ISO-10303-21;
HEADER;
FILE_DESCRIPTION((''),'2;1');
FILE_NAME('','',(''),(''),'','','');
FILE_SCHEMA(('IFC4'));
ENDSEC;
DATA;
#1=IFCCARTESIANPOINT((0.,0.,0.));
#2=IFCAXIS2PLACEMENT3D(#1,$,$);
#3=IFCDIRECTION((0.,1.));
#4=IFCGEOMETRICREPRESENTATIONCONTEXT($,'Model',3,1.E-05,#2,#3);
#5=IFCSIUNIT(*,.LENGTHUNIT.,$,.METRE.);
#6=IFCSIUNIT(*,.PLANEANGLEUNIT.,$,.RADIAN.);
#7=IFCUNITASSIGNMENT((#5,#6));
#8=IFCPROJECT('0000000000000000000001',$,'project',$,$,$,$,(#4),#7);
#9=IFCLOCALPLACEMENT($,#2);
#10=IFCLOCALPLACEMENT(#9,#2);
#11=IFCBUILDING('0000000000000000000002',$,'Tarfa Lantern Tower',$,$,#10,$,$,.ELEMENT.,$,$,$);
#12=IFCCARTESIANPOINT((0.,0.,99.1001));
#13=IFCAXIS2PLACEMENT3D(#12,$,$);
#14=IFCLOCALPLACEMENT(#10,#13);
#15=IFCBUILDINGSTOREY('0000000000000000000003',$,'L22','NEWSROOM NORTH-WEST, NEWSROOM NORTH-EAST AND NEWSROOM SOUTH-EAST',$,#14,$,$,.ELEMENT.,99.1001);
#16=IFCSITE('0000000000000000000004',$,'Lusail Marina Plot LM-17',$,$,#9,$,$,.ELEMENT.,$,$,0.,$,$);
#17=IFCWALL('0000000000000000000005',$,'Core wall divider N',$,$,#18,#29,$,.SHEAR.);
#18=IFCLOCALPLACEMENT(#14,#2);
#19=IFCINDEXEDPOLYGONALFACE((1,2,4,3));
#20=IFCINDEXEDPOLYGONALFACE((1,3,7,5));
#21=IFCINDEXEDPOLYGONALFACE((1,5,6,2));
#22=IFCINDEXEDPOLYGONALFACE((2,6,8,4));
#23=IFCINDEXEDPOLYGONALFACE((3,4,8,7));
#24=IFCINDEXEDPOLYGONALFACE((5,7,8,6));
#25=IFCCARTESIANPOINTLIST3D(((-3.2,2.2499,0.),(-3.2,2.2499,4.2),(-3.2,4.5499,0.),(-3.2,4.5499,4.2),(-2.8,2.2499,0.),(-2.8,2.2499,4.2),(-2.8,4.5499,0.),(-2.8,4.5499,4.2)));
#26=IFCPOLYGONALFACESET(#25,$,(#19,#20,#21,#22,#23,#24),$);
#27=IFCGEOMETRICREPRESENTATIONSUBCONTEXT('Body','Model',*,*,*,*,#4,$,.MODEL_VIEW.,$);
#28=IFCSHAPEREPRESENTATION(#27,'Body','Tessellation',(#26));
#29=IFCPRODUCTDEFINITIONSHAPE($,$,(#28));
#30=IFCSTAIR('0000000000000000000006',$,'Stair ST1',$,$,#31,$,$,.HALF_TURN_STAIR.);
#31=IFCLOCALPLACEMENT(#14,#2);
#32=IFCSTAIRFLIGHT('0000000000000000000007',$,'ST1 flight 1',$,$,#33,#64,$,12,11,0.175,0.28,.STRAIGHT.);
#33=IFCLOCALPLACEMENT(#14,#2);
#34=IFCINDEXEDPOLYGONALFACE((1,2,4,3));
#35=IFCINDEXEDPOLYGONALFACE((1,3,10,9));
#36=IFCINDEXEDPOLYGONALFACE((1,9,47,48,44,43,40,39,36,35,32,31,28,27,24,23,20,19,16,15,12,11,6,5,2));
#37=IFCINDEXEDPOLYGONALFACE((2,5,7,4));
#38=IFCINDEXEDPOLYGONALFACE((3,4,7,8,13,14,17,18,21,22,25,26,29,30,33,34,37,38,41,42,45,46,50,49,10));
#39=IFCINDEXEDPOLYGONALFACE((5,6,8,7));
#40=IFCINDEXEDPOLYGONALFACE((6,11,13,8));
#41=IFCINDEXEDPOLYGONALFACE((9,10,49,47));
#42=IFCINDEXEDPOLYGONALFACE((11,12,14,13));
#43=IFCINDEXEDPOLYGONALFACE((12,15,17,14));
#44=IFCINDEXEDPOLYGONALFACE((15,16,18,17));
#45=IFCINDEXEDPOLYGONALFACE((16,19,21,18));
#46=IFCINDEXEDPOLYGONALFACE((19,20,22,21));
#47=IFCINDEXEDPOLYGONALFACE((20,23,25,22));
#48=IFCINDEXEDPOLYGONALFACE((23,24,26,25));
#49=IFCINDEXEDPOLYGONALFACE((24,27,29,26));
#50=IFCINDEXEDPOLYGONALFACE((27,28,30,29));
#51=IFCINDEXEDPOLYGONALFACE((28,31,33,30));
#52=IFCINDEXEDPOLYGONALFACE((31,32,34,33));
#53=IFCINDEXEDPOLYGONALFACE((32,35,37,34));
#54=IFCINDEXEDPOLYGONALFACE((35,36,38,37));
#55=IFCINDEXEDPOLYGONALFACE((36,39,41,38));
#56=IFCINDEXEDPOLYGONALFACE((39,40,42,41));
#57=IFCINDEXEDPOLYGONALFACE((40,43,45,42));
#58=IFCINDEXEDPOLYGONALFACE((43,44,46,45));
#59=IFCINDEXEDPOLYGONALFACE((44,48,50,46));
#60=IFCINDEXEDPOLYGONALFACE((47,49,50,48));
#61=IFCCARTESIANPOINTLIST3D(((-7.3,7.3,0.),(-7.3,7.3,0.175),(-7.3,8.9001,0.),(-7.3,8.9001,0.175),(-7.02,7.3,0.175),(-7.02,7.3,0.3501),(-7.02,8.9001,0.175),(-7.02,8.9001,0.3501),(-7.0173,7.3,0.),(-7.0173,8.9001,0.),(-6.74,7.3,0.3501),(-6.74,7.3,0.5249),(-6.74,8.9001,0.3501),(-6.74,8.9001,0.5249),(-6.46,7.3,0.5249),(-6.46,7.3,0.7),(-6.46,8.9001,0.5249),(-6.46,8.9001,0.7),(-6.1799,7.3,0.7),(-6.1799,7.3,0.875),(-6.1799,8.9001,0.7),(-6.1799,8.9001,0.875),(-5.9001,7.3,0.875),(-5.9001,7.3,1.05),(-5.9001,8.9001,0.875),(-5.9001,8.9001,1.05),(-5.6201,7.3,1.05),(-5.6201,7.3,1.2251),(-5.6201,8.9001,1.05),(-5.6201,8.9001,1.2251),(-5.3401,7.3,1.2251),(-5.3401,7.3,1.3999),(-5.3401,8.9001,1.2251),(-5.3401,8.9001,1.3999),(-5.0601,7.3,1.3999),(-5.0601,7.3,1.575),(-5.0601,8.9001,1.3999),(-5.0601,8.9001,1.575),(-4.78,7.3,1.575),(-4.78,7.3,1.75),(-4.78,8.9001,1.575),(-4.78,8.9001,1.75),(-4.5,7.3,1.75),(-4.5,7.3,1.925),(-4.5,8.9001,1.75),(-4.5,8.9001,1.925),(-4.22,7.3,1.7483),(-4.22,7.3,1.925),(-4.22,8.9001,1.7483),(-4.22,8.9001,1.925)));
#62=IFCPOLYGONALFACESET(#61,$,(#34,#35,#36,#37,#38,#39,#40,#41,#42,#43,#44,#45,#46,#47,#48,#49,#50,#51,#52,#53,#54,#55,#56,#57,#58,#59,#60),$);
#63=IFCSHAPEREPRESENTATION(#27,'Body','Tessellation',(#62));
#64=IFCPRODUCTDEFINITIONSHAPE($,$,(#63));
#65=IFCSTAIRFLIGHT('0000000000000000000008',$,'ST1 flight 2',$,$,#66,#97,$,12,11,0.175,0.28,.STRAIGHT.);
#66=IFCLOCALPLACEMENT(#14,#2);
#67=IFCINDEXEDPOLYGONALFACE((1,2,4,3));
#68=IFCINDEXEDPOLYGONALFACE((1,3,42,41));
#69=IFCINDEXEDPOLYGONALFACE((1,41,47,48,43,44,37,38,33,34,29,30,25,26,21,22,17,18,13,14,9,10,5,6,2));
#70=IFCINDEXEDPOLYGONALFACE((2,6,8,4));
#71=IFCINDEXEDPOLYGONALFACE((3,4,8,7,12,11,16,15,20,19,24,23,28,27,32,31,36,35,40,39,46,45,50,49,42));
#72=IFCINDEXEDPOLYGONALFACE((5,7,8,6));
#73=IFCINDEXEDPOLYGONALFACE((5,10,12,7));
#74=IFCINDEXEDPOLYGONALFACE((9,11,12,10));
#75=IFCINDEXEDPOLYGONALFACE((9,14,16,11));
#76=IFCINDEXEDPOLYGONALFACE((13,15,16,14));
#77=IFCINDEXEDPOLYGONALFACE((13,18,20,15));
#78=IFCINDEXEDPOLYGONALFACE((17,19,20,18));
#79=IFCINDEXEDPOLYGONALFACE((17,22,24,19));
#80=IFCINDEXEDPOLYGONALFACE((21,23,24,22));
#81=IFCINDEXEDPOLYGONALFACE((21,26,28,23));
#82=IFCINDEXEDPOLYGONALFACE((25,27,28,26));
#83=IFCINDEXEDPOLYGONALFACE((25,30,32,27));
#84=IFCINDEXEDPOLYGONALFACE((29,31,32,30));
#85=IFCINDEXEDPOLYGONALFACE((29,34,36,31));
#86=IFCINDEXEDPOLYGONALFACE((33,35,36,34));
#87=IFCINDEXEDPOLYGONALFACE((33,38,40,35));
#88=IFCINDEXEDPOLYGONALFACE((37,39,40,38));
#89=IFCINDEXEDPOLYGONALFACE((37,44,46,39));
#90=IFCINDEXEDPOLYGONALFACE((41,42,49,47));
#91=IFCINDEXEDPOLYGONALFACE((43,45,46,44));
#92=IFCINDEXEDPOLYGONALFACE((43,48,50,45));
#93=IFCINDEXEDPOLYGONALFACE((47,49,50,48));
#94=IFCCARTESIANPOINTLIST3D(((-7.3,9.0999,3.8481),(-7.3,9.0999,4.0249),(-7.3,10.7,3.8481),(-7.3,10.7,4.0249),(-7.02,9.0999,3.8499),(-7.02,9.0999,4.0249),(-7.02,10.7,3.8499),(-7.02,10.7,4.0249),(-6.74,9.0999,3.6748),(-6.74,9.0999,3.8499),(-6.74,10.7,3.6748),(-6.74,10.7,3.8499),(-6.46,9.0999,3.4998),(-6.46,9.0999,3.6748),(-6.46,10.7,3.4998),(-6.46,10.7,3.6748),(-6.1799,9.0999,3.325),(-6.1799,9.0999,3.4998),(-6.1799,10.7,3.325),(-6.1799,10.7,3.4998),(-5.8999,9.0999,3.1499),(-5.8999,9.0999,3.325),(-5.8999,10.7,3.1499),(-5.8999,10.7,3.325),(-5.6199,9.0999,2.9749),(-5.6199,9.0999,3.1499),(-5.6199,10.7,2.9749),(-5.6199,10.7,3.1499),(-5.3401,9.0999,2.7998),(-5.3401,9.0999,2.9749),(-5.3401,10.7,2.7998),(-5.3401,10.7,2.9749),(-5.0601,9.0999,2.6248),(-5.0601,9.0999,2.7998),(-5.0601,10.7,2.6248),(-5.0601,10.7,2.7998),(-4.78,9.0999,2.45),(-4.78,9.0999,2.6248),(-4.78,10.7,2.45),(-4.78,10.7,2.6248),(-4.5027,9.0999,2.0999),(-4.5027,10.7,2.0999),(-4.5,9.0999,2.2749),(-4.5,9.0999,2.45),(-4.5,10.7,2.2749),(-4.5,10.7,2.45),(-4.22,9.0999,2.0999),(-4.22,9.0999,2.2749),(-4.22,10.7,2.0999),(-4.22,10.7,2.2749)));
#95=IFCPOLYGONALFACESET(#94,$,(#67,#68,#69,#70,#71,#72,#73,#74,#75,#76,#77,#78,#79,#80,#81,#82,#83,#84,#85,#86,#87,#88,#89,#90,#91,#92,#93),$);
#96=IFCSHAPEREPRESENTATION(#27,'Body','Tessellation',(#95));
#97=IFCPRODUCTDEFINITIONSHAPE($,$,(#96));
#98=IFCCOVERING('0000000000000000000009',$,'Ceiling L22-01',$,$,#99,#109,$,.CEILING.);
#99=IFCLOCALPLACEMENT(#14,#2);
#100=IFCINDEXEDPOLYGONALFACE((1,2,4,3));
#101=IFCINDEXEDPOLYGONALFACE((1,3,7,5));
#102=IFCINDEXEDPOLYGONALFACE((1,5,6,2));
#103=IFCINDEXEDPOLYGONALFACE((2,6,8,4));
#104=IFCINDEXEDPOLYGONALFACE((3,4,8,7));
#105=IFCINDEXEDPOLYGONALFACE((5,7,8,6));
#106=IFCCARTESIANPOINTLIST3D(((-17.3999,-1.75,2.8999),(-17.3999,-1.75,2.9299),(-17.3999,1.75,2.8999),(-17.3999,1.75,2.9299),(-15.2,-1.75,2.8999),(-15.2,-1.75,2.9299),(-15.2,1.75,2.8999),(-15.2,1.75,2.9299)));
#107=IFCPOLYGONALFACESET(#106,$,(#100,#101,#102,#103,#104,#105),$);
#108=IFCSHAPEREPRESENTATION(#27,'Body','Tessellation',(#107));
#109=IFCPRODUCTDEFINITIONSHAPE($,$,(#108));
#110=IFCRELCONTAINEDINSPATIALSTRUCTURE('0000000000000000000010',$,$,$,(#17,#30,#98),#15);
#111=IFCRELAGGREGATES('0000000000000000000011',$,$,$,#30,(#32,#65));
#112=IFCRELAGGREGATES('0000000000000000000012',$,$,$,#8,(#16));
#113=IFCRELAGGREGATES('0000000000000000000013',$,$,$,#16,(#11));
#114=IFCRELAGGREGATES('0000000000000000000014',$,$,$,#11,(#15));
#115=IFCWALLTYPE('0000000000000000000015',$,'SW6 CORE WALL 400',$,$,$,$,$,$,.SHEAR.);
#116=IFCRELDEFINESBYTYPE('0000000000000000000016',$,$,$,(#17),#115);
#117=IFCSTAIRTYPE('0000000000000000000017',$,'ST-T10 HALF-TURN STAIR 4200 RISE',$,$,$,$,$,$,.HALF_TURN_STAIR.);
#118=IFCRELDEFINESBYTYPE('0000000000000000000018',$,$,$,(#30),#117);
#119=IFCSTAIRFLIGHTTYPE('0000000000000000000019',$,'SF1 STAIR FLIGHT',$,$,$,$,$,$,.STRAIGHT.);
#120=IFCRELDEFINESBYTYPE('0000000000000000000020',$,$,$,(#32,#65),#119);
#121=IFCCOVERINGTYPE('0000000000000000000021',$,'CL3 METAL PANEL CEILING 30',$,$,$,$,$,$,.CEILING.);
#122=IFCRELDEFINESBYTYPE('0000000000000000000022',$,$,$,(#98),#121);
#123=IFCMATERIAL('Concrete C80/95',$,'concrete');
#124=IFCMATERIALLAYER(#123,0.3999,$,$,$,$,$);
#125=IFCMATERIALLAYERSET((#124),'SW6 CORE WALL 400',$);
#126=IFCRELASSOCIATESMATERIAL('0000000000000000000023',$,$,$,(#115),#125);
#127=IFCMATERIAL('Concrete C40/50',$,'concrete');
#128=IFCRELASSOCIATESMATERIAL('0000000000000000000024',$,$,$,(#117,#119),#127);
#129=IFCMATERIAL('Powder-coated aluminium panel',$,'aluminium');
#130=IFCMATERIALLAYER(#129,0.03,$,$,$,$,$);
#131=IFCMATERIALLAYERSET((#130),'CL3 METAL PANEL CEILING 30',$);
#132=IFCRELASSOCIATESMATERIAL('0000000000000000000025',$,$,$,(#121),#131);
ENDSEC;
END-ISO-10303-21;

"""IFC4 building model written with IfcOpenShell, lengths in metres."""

from ifc_helpers import new_model, si_unit, direction, frame, frame_2d, origin, place, context, subcontext, project, spatial, polyline, rectangle, outline, extrude, material, layer, layer_set, type_object, element, aggregate, save


model = new_model("IFC4")

# Units and contexts
model_context = context("Model", 3, precision=1e-05, world=origin(), true_north=direction((0.0, 1.0)))
body_context = subcontext(model_context, "Body", "Model", "MODEL_VIEW")
ifc_project = project(units=[si_unit("LENGTHUNIT", "METRE"), si_unit("PLANEANGLEUNIT", "RADIAN")], contexts=[model_context])

# Site, building, storey
site_placement = place(None, origin())
site = spatial("IfcSite", under=ifc_project, at=site_placement, Name="Lusail Marina Plot LM-17", CompositionType="ELEMENT", RefElevation=0.0)
building_placement = place(site_placement, origin())
building = spatial("IfcBuilding", under=site, at=building_placement, Name="Tarfa Lantern Tower", CompositionType="ELEMENT")
storey_placement = place(building_placement, frame((0.0, 0.0, 99.1001)))
storey = spatial("IfcBuildingStorey", under=building, at=storey_placement, Name="L22", Description="NEWSROOM NORTH-WEST, NEWSROOM NORTH-EAST AND NEWSROOM SOUTH-EAST", CompositionType="ELEMENT", Elevation=99.1001)

# Shared definitions
ifc_material_1 = material(Name="Concrete C80/95", Category="concrete")

# Wall
ifc_layer_1 = layer(ifc_material_1, 0.3999)
ifc_layer_set_1 = layer_set([ifc_layer_1], Name="SW6 CORE WALL 400")
wall_type_1 = type_object("IfcWallType", Name="SW6 CORE WALL 400", PredefinedType="SHEAR", material=ifc_layer_set_1)
for number, where, z_axis, x_axis, name in (
    (1, (-3.0, 2.25, 0.0), (0.0, 0.0, 1.0), (0.0, 1.0, 0.0), "Core wall divider N"),
):
    element("IfcWall", number, at=place(storey_placement, frame(where, z_axis=z_axis, x_axis=x_axis)), inside=storey, type_object=wall_type_1, Name=name, PredefinedType="SHEAR", context=body_context, shape_type="SweptSolid", body=[
        extrude(rectangle(XDim=2.3, YDim=0.3999, at=frame_2d((1.1499, 0.0))), origin(), (0.0, 0.0, 1.0), 4.2),
    ])

# Stair, stair flights
ifc_material_2 = material(Name="Concrete C40/50", Category="concrete")
stair_type = type_object("IfcStairType", Name="ST-T10 HALF-TURN STAIR 4200 RISE", PredefinedType="HALF_TURN_STAIR", material=ifc_material_2)
stair_placement = place(storey_placement, origin())
stair = element("IfcStair", 2, at=stair_placement, inside=storey, type_object=stair_type, Name="Stair ST1", PredefinedType="HALF_TURN_STAIR")
stair_flight_type = type_object("IfcStairFlightType", Name="SF1 STAIR FLIGHT", PredefinedType="STRAIGHT", material=ifc_material_2)
stair_flight_1_placement = place(storey_placement, frame((-7.3, 8.1001, 0.0), z_axis=(0.0, 0.0, 1.0), x_axis=(1.0, 0.0, 0.0)))
stair_flight_1 = element("IfcStairFlight", 3, at=stair_flight_1_placement, type_object=stair_flight_type, Name="ST1 flight 1", NumberOfRisers=12, NumberOfTreads=11, PredefinedType="STRAIGHT", RiserHeight=0.175, TreadLength=0.28, context=body_context, shape_type="SweptSolid", body=[
    extrude(outline(polyline([(0.0, 0.0), (0.0, 0.175), (0.28, 0.175), (0.28, 0.3501), (0.5601, 0.3501), (0.5601, 0.5249), (0.8401, 0.5249), (0.8401, 0.7), (1.1201, 0.7), (1.1201, 0.875), (1.3999, 0.875), (1.3999, 1.05), (1.6799, 1.05), (1.6799, 1.2251), (1.96, 1.2251), (1.96, 1.3999), (2.24, 1.3999), (2.24, 1.575), (2.52, 1.575), (2.52, 1.75), (2.8, 1.75), (2.8, 1.925), (3.0801, 1.925), (3.0801, 2.1001), (3.0801, 1.7483), (0.2827, 0.0), (0.0, 0.0)])), frame((0.0, 0.8, 0.0), z_axis=(0.0, -1.0, 0.0), x_axis=(1.0, 0.0, 0.0)), (0.0, 0.0, 1.0), 1.6001),
])
stair_flight_2_placement = place(storey_placement, frame((-4.22, 9.8999, 2.0999), z_axis=(0.0, 0.0, 1.0), x_axis=(-1.0, 0.0, 0.0)))
stair_flight_2 = element("IfcStairFlight", 4, at=stair_flight_2_placement, type_object=stair_flight_type, Name="ST1 flight 2", NumberOfRisers=12, NumberOfTreads=11, PredefinedType="STRAIGHT", RiserHeight=0.175, TreadLength=0.28, context=body_context, shape_type="SweptSolid", body=[
    extrude(outline(polyline([(0.0, 0.0), (0.0, 0.175), (0.28, 0.175), (0.28, 0.3501), (0.5601, 0.3501), (0.5601, 0.5249), (0.8401, 0.5249), (0.8401, 0.7), (1.1201, 0.7), (1.1201, 0.875), (1.3999, 0.875), (1.3999, 1.05), (1.6799, 1.05), (1.6799, 1.2251), (1.96, 1.2251), (1.96, 1.3999), (2.24, 1.3999), (2.24, 1.575), (2.52, 1.575), (2.52, 1.75), (2.8, 1.75), (2.8, 1.925), (3.0801, 1.925), (3.0801, 2.1001), (3.0801, 1.7483), (0.2827, 0.0), (0.0, 0.0)])), frame((0.0, 0.8, 0.0), z_axis=(0.0, -1.0, 0.0), x_axis=(1.0, 0.0, 0.0)), (0.0, 0.0, 1.0), 1.6001),
])
aggregate(stair, [stair_flight_1, stair_flight_2])

# Covering
ifc_material_3 = material(Name="Powder-coated aluminium panel", Category="aluminium")
ifc_layer_2 = layer(ifc_material_3, 0.03)
ifc_layer_set_2 = layer_set([ifc_layer_2], Name="CL3 METAL PANEL CEILING 30")
covering_type = type_object("IfcCoveringType", Name="CL3 METAL PANEL CEILING 30", PredefinedType="CEILING", material=ifc_layer_set_2)
covering_placement = place(storey_placement, frame((0.0, 0.0, 2.8999)))
element("IfcCovering", 5, at=covering_placement, inside=storey, type_object=covering_type, Name="Ceiling L22-01", PredefinedType="CEILING", context=body_context, shape_type="SweptSolid", body=[
    extrude(outline(polyline([(-17.3999, -1.75), (-15.2, -1.75), (-15.2, 1.75), (-17.3999, 1.75), (-17.3999, -1.75)])), origin(), (0.0, 0.0, 1.0), 0.03),
])

save(model, "model.ifc")
